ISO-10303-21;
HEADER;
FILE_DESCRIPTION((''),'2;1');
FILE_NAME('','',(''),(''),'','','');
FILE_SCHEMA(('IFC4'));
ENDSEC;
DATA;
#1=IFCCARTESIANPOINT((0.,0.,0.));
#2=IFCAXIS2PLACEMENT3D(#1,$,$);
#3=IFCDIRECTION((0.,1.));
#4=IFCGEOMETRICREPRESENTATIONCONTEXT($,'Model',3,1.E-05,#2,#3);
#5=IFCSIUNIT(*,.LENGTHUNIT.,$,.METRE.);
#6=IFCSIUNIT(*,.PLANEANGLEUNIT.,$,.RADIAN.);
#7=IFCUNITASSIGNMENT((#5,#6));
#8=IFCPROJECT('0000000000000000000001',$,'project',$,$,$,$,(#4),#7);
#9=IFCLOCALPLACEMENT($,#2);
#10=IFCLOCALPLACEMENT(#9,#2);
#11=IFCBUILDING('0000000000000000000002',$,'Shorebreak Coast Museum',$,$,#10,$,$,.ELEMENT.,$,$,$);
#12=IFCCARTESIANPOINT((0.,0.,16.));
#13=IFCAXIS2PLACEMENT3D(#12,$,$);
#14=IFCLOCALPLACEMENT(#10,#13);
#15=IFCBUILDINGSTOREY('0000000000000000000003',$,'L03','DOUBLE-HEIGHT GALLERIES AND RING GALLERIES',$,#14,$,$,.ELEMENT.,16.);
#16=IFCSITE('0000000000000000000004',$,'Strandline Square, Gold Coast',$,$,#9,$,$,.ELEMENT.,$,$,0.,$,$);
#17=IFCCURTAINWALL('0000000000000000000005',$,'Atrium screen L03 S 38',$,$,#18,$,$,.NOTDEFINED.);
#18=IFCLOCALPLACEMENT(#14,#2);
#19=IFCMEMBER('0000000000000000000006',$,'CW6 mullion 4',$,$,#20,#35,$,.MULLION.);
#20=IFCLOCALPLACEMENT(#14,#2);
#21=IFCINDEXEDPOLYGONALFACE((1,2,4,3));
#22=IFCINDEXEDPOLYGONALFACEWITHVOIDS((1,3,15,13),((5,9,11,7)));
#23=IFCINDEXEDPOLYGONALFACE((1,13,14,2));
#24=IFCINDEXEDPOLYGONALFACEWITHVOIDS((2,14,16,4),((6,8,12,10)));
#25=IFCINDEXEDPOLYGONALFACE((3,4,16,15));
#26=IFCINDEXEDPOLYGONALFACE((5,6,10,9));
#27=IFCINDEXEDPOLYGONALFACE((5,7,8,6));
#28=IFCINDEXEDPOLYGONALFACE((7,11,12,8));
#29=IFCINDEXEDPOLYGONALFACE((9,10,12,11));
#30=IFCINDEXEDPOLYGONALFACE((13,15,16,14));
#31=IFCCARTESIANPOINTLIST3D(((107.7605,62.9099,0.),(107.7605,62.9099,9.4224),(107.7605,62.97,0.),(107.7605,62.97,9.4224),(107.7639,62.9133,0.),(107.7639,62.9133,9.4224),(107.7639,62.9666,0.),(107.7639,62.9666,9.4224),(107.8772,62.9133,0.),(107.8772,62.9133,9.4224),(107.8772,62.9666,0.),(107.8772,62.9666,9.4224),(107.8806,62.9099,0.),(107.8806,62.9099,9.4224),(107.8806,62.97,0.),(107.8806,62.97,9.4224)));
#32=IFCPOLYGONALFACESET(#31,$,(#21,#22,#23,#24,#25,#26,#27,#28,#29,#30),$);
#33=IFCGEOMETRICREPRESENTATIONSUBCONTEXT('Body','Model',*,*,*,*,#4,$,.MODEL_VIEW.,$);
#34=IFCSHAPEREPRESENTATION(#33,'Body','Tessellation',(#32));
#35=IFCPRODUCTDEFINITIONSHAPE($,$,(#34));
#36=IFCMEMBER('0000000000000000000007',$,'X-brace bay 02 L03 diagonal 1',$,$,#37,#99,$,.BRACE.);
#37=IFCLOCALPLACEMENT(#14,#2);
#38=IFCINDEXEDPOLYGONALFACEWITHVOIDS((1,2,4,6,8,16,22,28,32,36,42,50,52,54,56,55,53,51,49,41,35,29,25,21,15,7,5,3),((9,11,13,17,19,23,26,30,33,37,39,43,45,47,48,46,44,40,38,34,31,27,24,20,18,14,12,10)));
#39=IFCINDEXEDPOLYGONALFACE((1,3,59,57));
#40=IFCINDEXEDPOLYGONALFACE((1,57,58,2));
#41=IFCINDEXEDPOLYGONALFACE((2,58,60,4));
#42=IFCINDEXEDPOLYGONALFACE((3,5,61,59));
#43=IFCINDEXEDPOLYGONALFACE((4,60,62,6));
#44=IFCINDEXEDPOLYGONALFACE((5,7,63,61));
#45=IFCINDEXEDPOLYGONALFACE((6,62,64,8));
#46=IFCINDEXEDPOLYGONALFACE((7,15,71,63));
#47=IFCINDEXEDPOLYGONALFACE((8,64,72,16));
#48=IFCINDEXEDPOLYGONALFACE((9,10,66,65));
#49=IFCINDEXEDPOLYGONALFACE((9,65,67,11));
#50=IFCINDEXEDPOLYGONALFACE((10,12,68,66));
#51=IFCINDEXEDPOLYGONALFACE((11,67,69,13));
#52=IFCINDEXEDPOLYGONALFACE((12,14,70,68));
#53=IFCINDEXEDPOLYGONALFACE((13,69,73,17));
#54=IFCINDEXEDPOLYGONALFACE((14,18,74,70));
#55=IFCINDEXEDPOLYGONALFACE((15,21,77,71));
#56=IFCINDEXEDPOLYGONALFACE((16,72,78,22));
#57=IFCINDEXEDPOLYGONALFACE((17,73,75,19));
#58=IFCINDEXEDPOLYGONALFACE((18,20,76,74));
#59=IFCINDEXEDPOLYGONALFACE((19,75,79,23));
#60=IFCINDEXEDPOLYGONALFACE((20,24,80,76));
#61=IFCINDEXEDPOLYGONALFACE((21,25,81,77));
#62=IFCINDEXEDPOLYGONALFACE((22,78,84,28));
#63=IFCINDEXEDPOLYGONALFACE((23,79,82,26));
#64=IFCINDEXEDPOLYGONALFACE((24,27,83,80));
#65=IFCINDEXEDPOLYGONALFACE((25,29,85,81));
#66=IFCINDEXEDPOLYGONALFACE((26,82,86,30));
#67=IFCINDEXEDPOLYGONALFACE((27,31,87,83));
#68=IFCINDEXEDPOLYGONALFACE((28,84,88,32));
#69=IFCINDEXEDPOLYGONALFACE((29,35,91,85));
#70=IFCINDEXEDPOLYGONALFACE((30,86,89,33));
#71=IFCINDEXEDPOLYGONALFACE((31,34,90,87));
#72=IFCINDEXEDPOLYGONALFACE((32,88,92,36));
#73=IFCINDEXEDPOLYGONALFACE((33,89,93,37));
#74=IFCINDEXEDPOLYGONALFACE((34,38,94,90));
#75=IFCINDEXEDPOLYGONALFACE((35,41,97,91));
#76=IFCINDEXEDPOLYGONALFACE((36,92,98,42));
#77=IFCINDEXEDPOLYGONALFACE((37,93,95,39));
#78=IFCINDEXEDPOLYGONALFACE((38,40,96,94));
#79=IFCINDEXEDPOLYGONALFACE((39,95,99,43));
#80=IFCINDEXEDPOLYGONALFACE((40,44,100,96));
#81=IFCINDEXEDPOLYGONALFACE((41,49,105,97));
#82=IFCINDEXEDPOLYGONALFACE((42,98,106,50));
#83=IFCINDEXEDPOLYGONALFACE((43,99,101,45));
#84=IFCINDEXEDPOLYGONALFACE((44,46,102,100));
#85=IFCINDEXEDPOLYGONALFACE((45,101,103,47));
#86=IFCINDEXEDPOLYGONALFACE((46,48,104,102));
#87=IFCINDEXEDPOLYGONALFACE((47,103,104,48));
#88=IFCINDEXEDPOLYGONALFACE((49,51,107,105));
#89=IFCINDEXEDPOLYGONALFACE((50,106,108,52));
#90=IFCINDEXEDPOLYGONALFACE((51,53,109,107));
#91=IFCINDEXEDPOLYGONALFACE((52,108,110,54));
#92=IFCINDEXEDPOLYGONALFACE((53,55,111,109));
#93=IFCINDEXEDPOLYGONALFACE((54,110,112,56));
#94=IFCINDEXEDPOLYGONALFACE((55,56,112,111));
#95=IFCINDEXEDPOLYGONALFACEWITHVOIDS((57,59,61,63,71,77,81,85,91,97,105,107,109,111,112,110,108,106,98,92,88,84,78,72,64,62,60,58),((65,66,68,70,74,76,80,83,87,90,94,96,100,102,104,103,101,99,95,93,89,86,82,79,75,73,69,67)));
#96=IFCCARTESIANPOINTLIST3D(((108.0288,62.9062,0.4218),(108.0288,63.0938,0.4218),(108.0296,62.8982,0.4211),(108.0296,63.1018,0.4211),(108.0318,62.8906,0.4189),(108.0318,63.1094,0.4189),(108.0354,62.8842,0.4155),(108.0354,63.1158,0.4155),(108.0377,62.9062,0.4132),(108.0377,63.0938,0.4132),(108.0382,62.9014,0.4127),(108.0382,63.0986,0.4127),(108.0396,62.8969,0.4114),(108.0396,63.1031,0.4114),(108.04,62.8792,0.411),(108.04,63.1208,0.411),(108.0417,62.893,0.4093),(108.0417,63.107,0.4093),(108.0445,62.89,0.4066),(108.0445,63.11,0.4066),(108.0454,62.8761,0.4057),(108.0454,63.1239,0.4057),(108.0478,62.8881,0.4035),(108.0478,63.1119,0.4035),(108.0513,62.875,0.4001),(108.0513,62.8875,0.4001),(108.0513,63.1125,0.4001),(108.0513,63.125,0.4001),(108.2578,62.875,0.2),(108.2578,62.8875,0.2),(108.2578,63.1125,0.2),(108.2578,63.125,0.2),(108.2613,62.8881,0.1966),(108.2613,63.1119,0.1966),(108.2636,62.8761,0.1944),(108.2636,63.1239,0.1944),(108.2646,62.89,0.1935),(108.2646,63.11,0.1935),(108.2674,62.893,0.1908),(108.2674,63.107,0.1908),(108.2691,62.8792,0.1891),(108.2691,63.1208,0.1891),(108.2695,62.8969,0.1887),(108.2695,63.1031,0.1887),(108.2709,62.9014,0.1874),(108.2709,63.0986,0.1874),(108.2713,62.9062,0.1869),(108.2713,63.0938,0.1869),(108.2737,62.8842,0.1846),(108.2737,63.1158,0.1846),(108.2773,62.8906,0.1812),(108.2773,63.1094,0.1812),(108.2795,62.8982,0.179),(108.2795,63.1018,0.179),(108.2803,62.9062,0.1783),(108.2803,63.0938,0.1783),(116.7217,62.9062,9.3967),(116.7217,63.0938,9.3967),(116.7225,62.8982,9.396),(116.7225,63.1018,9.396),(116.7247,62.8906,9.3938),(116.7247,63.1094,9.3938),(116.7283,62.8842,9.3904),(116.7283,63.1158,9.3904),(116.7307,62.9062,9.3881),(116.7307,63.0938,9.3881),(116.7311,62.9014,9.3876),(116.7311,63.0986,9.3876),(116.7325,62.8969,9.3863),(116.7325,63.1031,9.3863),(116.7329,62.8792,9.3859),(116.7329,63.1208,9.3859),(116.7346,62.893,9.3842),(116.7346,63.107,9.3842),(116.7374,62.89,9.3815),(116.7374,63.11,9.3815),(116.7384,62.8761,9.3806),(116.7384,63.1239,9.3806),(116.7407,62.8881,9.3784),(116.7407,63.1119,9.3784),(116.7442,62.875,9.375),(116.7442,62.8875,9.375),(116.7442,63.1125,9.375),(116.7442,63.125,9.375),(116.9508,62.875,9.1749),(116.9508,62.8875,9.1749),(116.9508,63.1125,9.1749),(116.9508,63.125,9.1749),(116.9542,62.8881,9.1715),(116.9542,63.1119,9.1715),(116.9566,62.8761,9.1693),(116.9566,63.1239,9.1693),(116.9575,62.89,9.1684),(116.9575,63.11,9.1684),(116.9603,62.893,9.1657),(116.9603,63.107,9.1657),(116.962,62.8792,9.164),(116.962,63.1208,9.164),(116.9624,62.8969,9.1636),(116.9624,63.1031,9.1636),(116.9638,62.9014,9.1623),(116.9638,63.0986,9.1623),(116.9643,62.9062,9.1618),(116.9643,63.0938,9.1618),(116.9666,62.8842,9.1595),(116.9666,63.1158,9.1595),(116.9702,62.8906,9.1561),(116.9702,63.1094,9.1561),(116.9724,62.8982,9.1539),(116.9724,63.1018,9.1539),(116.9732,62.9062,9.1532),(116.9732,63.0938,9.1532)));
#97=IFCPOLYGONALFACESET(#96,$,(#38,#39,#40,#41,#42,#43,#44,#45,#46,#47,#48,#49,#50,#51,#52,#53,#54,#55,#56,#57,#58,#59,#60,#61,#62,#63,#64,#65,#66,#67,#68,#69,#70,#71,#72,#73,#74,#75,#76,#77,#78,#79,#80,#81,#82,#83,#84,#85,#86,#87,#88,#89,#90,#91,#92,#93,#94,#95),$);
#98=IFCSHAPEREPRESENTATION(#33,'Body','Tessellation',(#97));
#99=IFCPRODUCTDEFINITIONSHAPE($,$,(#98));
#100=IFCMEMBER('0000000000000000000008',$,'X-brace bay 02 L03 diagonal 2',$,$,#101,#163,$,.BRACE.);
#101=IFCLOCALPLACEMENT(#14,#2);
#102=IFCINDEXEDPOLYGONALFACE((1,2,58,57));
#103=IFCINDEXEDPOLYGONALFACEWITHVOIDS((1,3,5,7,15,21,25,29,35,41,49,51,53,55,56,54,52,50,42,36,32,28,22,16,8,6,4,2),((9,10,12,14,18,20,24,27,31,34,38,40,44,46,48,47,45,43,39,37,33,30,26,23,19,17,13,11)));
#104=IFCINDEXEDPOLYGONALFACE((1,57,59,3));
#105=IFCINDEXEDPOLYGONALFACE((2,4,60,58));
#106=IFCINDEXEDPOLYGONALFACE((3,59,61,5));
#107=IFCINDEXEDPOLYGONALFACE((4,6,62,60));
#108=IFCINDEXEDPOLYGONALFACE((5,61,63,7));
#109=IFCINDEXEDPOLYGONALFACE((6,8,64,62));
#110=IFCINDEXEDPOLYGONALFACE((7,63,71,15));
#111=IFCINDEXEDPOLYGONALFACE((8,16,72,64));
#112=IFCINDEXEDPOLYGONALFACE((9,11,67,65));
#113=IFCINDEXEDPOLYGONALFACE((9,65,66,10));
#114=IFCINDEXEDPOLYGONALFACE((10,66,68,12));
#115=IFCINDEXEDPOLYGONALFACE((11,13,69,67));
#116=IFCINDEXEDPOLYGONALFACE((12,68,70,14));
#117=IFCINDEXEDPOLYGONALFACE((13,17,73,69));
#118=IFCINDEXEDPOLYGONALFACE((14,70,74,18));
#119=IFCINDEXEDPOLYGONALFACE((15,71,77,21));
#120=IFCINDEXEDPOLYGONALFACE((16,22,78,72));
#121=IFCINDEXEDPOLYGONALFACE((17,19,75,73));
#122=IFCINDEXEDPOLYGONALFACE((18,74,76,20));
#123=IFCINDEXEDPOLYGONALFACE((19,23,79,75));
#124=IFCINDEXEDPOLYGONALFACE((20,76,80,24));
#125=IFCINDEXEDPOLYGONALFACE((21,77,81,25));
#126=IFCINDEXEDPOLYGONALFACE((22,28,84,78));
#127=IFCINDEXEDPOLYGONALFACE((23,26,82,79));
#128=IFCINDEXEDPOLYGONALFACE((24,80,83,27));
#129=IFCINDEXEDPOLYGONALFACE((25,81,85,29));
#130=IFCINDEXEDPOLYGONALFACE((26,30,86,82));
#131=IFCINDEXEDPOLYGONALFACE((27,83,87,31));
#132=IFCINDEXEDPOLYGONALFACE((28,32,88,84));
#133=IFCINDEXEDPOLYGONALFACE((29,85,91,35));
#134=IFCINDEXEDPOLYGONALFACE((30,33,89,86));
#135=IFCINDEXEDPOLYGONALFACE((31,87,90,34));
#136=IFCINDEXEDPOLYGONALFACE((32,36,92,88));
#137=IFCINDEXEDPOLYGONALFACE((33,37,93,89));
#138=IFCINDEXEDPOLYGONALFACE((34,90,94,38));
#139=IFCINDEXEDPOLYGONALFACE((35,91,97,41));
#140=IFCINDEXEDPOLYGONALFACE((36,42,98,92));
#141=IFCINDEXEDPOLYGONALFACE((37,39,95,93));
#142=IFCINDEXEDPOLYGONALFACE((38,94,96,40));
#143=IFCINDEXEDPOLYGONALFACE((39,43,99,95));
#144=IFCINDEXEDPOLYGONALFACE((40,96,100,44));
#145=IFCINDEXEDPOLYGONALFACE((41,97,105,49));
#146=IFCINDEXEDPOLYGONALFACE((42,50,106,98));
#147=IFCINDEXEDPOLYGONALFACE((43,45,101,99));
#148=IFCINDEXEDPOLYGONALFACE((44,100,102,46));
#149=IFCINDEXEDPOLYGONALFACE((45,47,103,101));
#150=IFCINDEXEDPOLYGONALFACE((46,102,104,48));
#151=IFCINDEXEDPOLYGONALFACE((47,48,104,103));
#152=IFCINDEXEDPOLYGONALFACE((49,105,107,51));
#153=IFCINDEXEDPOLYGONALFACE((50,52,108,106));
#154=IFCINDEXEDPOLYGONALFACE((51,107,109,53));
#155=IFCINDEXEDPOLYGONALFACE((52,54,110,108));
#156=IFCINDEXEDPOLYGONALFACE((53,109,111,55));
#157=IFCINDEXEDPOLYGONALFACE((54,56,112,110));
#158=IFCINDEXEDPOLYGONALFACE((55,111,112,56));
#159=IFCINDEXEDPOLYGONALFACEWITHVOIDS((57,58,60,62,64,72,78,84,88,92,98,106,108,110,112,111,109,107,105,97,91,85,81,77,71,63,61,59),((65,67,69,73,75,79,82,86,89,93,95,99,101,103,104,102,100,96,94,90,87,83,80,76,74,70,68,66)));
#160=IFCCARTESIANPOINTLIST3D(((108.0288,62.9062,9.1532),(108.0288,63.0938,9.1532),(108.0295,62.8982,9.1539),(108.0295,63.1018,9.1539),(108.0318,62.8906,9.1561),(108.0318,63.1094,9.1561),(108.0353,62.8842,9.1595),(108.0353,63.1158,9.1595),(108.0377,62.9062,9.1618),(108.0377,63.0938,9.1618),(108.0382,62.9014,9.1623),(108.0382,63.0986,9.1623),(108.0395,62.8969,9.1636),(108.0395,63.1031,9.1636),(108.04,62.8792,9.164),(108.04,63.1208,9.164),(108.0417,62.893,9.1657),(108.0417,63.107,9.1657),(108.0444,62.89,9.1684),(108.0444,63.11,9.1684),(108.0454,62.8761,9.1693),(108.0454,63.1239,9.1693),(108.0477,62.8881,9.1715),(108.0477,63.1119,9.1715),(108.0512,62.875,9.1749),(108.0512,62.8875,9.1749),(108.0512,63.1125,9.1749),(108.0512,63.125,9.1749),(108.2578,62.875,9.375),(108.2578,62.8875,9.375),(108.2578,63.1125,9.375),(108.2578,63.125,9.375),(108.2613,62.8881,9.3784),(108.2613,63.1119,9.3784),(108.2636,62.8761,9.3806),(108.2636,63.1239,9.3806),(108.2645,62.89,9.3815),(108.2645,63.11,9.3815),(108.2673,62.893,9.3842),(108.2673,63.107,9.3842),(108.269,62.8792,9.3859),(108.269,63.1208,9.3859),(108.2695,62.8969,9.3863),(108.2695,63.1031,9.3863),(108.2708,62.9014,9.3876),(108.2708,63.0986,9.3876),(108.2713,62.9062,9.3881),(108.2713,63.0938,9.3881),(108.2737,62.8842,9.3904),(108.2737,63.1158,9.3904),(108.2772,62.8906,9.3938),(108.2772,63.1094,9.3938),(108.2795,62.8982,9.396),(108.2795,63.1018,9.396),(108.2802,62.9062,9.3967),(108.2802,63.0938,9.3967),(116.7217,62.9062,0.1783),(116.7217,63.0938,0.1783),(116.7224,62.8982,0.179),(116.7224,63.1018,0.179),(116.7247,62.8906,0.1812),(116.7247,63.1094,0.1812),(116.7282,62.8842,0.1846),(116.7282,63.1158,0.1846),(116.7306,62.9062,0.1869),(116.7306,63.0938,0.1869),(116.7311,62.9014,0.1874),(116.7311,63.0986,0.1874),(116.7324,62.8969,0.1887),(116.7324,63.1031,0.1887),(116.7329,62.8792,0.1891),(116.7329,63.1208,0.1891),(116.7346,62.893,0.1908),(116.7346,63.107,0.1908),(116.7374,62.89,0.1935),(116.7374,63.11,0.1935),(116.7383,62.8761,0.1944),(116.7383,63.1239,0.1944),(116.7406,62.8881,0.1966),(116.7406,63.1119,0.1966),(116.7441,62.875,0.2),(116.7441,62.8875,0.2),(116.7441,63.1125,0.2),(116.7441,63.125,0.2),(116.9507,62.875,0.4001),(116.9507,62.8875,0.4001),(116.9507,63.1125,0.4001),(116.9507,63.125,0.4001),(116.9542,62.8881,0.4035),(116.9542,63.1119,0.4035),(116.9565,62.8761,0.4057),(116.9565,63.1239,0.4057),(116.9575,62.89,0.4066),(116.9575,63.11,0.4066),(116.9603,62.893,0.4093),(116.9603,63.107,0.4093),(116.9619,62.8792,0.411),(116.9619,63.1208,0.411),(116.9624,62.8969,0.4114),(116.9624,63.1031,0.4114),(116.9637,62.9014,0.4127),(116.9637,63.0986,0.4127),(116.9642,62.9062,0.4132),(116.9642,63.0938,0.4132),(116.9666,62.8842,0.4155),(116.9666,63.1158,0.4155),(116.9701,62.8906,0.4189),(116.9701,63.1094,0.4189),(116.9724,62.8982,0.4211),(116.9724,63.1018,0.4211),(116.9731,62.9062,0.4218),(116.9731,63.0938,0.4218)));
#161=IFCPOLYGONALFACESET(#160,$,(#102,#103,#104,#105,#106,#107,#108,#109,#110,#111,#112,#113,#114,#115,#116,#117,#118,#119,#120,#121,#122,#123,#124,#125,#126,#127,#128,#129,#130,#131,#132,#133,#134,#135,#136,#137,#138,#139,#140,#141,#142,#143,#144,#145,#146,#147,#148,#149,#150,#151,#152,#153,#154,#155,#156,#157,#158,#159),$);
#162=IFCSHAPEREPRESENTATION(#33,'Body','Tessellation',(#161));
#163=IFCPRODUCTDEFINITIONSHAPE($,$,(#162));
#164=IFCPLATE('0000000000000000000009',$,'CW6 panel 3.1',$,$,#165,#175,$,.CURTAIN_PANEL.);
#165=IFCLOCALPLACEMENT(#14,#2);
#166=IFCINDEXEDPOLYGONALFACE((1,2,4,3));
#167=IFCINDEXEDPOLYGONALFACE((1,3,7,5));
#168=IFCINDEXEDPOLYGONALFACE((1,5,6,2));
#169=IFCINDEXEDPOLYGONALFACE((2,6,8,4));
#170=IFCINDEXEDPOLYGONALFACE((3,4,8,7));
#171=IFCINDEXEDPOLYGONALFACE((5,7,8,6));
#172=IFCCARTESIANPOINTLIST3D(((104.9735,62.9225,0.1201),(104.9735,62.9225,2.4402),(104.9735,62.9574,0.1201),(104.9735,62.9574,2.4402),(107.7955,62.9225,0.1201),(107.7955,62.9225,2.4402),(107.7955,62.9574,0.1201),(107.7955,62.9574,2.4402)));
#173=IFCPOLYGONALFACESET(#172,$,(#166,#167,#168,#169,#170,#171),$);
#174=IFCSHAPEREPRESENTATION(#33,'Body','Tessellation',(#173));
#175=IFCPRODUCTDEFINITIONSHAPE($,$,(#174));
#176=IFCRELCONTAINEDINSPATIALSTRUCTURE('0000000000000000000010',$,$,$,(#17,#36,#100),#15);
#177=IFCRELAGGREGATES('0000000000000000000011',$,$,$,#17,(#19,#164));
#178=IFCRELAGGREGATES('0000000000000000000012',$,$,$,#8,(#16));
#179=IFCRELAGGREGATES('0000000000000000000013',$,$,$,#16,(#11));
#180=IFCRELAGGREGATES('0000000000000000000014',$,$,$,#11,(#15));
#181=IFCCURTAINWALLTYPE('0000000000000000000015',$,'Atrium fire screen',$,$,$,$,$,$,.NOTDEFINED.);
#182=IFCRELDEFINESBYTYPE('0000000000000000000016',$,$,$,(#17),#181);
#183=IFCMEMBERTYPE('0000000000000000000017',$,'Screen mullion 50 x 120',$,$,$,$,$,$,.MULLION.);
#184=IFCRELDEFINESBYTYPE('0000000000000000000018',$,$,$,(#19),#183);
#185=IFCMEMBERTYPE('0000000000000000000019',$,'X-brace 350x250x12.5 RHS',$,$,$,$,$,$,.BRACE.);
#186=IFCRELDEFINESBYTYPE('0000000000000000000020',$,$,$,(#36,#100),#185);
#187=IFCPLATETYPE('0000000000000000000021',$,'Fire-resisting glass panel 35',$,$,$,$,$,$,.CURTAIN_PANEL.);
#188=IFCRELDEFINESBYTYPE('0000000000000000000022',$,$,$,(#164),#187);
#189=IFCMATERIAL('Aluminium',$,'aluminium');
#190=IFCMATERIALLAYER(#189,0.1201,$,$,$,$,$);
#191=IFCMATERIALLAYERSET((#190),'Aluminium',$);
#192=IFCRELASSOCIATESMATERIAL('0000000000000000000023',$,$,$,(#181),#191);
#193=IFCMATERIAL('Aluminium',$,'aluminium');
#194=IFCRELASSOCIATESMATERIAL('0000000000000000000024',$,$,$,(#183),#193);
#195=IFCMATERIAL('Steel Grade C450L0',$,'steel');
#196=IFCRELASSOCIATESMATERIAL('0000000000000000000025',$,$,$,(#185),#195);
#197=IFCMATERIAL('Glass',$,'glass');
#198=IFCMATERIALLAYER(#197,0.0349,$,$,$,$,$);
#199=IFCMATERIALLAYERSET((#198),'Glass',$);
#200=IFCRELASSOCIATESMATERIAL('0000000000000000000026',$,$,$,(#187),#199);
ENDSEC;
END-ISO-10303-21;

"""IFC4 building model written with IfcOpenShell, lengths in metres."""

from ifc_helpers import new_model, si_unit, direction, frame, origin, origin_2d, place, context, subcontext, project, spatial, rectangle, hollow_rectangle, extrude, material, layer, layer_set, material_profile, profile_set, type_object, element, aggregate, save


model = new_model("IFC4")

# Units and contexts
model_context = context("Model", 3, precision=1e-05, world=origin(), true_north=direction((0.0, 1.0)))
body_context = subcontext(model_context, "Body", "Model", "MODEL_VIEW")
ifc_project = project(units=[si_unit("LENGTHUNIT", "METRE"), si_unit("PLANEANGLEUNIT", "RADIAN")], contexts=[model_context])

# Site, building, storey
site_placement = place(None, origin())
site = spatial("IfcSite", under=ifc_project, at=site_placement, Name="Strandline Square, Gold Coast", CompositionType="ELEMENT", RefElevation=0.0)
building_placement = place(site_placement, origin())
building = spatial("IfcBuilding", under=site, at=building_placement, Name="Shorebreak Coast Museum", CompositionType="ELEMENT")
storey_placement = place(building_placement, frame((0.0, 0.0, 16.0)))
storey = spatial("IfcBuildingStorey", under=building, at=storey_placement, Name="L03", Description="DOUBLE-HEIGHT GALLERIES AND RING GALLERIES", CompositionType="ELEMENT", Elevation=16.0)

# Curtain wall, member
ifc_material_1 = material(Name="Aluminium", Category="aluminium")
ifc_layer_1 = layer(ifc_material_1, 0.1201)
ifc_layer_set_1 = layer_set([ifc_layer_1], Name="Aluminium")
curtain_wall_type = type_object("IfcCurtainWallType", Name="Atrium fire screen", PredefinedType="NOTDEFINED", material=ifc_layer_set_1)
curtain_wall_placement = place(storey_placement, origin())
curtain_wall = element("IfcCurtainWall", 1, at=curtain_wall_placement, inside=storey, type_object=curtain_wall_type, Name="Atrium screen L03 S 38", PredefinedType="NOTDEFINED")
ifc_material_2 = material(Name="Aluminium", Category="aluminium")
ifc_material_profile_1 = material_profile(ifc_material_2, hollow_rectangle(XDim=0.0601, YDim=0.1201, WallThickness=0.0034, at=origin_2d()), Name="AL 120x60 RHS")
ifc_profile_set_1 = profile_set([ifc_material_profile_1], Name="Aluminium")
member_type_1 = type_object("IfcMemberType", Name="Screen mullion 50 x 120", PredefinedType="MULLION", material=ifc_profile_set_1)
member_placement = place(storey_placement, frame((107.8206, 62.9399, 0.0), z_axis=(0.0, 0.0, 1.0), x_axis=(0.0, 1.0, 0.0)))
member = element("IfcMember", 2, at=member_placement, type_object=member_type_1, Name="CW6 mullion 4", PredefinedType="MULLION", context=body_context, shape_type="SweptSolid", body=[
    extrude(hollow_rectangle(XDim=0.0601, YDim=0.1201, WallThickness=0.0034, at=origin_2d()), origin(), (0.0, 0.0, 1.0), 9.4224),
])

# Members
ifc_material_3 = material(Name="Steel Grade C450L0", Category="steel")
ifc_material_profile_2 = material_profile(ifc_material_3, hollow_rectangle(XDim=0.25, YDim=0.3501, WallThickness=0.0125, InnerFilletRadius=0.0188, OuterFilletRadius=0.0312, at=origin_2d()), Name="350x250x12.5 RHS")
ifc_profile_set_2 = profile_set([ifc_material_profile_2], Name="Steel Grade C450L0")
member_type_2 = type_object("IfcMemberType", Name="X-brace 350x250x12.5 RHS", PredefinedType="BRACE", material=ifc_profile_set_2)
for number, where, z_axis, x_axis, name in (
    (3, (108.1545, 63.0, 0.3), (0.695733, 0.0, 0.718301), (0.0, 1.0, 0.0), "X-brace bay 02 L03 diagonal 1"),
    (4, (116.8474, 63.0, 0.3), (-0.695733, 0.0, 0.718301), (0.0, -1.0, 0.0), "X-brace bay 02 L03 diagonal 2"),
):
    element("IfcMember", number, at=place(storey_placement, frame(where, z_axis=z_axis, x_axis=x_axis)), inside=storey, type_object=member_type_2, Name=name, PredefinedType="BRACE", context=body_context, shape_type="SweptSolid", body=[
        extrude(hollow_rectangle(XDim=0.25, YDim=0.3501, WallThickness=0.0125, InnerFilletRadius=0.0188, OuterFilletRadius=0.0312, at=origin_2d()), origin(), (0.0, 0.0, 1.0), 12.4946),
    ])

# Plate
ifc_material_4 = material(Name="Glass", Category="glass")
ifc_layer_2 = layer(ifc_material_4, 0.0349)
ifc_layer_set_2 = layer_set([ifc_layer_2], Name="Glass")
plate_type = type_object("IfcPlateType", Name="Fire-resisting glass panel 35", PredefinedType="CURTAIN_PANEL", material=ifc_layer_set_2)
plate_placement = place(storey_placement, frame((106.3845, 62.9399, 0.1201), z_axis=(0.0, 0.0, 1.0), x_axis=(1.0, 0.0, 0.0)))
plate = element("IfcPlate", 5, at=plate_placement, type_object=plate_type, Name="CW6 panel 3.1", PredefinedType="CURTAIN_PANEL", context=body_context, shape_type="SweptSolid", body=[
    extrude(rectangle(XDim=2.822, YDim=0.0349, at=origin_2d()), origin(), (0.0, 0.0, 1.0), 2.3201),
])
aggregate(curtain_wall, [member, plate])

save(model, "model.ifc")
